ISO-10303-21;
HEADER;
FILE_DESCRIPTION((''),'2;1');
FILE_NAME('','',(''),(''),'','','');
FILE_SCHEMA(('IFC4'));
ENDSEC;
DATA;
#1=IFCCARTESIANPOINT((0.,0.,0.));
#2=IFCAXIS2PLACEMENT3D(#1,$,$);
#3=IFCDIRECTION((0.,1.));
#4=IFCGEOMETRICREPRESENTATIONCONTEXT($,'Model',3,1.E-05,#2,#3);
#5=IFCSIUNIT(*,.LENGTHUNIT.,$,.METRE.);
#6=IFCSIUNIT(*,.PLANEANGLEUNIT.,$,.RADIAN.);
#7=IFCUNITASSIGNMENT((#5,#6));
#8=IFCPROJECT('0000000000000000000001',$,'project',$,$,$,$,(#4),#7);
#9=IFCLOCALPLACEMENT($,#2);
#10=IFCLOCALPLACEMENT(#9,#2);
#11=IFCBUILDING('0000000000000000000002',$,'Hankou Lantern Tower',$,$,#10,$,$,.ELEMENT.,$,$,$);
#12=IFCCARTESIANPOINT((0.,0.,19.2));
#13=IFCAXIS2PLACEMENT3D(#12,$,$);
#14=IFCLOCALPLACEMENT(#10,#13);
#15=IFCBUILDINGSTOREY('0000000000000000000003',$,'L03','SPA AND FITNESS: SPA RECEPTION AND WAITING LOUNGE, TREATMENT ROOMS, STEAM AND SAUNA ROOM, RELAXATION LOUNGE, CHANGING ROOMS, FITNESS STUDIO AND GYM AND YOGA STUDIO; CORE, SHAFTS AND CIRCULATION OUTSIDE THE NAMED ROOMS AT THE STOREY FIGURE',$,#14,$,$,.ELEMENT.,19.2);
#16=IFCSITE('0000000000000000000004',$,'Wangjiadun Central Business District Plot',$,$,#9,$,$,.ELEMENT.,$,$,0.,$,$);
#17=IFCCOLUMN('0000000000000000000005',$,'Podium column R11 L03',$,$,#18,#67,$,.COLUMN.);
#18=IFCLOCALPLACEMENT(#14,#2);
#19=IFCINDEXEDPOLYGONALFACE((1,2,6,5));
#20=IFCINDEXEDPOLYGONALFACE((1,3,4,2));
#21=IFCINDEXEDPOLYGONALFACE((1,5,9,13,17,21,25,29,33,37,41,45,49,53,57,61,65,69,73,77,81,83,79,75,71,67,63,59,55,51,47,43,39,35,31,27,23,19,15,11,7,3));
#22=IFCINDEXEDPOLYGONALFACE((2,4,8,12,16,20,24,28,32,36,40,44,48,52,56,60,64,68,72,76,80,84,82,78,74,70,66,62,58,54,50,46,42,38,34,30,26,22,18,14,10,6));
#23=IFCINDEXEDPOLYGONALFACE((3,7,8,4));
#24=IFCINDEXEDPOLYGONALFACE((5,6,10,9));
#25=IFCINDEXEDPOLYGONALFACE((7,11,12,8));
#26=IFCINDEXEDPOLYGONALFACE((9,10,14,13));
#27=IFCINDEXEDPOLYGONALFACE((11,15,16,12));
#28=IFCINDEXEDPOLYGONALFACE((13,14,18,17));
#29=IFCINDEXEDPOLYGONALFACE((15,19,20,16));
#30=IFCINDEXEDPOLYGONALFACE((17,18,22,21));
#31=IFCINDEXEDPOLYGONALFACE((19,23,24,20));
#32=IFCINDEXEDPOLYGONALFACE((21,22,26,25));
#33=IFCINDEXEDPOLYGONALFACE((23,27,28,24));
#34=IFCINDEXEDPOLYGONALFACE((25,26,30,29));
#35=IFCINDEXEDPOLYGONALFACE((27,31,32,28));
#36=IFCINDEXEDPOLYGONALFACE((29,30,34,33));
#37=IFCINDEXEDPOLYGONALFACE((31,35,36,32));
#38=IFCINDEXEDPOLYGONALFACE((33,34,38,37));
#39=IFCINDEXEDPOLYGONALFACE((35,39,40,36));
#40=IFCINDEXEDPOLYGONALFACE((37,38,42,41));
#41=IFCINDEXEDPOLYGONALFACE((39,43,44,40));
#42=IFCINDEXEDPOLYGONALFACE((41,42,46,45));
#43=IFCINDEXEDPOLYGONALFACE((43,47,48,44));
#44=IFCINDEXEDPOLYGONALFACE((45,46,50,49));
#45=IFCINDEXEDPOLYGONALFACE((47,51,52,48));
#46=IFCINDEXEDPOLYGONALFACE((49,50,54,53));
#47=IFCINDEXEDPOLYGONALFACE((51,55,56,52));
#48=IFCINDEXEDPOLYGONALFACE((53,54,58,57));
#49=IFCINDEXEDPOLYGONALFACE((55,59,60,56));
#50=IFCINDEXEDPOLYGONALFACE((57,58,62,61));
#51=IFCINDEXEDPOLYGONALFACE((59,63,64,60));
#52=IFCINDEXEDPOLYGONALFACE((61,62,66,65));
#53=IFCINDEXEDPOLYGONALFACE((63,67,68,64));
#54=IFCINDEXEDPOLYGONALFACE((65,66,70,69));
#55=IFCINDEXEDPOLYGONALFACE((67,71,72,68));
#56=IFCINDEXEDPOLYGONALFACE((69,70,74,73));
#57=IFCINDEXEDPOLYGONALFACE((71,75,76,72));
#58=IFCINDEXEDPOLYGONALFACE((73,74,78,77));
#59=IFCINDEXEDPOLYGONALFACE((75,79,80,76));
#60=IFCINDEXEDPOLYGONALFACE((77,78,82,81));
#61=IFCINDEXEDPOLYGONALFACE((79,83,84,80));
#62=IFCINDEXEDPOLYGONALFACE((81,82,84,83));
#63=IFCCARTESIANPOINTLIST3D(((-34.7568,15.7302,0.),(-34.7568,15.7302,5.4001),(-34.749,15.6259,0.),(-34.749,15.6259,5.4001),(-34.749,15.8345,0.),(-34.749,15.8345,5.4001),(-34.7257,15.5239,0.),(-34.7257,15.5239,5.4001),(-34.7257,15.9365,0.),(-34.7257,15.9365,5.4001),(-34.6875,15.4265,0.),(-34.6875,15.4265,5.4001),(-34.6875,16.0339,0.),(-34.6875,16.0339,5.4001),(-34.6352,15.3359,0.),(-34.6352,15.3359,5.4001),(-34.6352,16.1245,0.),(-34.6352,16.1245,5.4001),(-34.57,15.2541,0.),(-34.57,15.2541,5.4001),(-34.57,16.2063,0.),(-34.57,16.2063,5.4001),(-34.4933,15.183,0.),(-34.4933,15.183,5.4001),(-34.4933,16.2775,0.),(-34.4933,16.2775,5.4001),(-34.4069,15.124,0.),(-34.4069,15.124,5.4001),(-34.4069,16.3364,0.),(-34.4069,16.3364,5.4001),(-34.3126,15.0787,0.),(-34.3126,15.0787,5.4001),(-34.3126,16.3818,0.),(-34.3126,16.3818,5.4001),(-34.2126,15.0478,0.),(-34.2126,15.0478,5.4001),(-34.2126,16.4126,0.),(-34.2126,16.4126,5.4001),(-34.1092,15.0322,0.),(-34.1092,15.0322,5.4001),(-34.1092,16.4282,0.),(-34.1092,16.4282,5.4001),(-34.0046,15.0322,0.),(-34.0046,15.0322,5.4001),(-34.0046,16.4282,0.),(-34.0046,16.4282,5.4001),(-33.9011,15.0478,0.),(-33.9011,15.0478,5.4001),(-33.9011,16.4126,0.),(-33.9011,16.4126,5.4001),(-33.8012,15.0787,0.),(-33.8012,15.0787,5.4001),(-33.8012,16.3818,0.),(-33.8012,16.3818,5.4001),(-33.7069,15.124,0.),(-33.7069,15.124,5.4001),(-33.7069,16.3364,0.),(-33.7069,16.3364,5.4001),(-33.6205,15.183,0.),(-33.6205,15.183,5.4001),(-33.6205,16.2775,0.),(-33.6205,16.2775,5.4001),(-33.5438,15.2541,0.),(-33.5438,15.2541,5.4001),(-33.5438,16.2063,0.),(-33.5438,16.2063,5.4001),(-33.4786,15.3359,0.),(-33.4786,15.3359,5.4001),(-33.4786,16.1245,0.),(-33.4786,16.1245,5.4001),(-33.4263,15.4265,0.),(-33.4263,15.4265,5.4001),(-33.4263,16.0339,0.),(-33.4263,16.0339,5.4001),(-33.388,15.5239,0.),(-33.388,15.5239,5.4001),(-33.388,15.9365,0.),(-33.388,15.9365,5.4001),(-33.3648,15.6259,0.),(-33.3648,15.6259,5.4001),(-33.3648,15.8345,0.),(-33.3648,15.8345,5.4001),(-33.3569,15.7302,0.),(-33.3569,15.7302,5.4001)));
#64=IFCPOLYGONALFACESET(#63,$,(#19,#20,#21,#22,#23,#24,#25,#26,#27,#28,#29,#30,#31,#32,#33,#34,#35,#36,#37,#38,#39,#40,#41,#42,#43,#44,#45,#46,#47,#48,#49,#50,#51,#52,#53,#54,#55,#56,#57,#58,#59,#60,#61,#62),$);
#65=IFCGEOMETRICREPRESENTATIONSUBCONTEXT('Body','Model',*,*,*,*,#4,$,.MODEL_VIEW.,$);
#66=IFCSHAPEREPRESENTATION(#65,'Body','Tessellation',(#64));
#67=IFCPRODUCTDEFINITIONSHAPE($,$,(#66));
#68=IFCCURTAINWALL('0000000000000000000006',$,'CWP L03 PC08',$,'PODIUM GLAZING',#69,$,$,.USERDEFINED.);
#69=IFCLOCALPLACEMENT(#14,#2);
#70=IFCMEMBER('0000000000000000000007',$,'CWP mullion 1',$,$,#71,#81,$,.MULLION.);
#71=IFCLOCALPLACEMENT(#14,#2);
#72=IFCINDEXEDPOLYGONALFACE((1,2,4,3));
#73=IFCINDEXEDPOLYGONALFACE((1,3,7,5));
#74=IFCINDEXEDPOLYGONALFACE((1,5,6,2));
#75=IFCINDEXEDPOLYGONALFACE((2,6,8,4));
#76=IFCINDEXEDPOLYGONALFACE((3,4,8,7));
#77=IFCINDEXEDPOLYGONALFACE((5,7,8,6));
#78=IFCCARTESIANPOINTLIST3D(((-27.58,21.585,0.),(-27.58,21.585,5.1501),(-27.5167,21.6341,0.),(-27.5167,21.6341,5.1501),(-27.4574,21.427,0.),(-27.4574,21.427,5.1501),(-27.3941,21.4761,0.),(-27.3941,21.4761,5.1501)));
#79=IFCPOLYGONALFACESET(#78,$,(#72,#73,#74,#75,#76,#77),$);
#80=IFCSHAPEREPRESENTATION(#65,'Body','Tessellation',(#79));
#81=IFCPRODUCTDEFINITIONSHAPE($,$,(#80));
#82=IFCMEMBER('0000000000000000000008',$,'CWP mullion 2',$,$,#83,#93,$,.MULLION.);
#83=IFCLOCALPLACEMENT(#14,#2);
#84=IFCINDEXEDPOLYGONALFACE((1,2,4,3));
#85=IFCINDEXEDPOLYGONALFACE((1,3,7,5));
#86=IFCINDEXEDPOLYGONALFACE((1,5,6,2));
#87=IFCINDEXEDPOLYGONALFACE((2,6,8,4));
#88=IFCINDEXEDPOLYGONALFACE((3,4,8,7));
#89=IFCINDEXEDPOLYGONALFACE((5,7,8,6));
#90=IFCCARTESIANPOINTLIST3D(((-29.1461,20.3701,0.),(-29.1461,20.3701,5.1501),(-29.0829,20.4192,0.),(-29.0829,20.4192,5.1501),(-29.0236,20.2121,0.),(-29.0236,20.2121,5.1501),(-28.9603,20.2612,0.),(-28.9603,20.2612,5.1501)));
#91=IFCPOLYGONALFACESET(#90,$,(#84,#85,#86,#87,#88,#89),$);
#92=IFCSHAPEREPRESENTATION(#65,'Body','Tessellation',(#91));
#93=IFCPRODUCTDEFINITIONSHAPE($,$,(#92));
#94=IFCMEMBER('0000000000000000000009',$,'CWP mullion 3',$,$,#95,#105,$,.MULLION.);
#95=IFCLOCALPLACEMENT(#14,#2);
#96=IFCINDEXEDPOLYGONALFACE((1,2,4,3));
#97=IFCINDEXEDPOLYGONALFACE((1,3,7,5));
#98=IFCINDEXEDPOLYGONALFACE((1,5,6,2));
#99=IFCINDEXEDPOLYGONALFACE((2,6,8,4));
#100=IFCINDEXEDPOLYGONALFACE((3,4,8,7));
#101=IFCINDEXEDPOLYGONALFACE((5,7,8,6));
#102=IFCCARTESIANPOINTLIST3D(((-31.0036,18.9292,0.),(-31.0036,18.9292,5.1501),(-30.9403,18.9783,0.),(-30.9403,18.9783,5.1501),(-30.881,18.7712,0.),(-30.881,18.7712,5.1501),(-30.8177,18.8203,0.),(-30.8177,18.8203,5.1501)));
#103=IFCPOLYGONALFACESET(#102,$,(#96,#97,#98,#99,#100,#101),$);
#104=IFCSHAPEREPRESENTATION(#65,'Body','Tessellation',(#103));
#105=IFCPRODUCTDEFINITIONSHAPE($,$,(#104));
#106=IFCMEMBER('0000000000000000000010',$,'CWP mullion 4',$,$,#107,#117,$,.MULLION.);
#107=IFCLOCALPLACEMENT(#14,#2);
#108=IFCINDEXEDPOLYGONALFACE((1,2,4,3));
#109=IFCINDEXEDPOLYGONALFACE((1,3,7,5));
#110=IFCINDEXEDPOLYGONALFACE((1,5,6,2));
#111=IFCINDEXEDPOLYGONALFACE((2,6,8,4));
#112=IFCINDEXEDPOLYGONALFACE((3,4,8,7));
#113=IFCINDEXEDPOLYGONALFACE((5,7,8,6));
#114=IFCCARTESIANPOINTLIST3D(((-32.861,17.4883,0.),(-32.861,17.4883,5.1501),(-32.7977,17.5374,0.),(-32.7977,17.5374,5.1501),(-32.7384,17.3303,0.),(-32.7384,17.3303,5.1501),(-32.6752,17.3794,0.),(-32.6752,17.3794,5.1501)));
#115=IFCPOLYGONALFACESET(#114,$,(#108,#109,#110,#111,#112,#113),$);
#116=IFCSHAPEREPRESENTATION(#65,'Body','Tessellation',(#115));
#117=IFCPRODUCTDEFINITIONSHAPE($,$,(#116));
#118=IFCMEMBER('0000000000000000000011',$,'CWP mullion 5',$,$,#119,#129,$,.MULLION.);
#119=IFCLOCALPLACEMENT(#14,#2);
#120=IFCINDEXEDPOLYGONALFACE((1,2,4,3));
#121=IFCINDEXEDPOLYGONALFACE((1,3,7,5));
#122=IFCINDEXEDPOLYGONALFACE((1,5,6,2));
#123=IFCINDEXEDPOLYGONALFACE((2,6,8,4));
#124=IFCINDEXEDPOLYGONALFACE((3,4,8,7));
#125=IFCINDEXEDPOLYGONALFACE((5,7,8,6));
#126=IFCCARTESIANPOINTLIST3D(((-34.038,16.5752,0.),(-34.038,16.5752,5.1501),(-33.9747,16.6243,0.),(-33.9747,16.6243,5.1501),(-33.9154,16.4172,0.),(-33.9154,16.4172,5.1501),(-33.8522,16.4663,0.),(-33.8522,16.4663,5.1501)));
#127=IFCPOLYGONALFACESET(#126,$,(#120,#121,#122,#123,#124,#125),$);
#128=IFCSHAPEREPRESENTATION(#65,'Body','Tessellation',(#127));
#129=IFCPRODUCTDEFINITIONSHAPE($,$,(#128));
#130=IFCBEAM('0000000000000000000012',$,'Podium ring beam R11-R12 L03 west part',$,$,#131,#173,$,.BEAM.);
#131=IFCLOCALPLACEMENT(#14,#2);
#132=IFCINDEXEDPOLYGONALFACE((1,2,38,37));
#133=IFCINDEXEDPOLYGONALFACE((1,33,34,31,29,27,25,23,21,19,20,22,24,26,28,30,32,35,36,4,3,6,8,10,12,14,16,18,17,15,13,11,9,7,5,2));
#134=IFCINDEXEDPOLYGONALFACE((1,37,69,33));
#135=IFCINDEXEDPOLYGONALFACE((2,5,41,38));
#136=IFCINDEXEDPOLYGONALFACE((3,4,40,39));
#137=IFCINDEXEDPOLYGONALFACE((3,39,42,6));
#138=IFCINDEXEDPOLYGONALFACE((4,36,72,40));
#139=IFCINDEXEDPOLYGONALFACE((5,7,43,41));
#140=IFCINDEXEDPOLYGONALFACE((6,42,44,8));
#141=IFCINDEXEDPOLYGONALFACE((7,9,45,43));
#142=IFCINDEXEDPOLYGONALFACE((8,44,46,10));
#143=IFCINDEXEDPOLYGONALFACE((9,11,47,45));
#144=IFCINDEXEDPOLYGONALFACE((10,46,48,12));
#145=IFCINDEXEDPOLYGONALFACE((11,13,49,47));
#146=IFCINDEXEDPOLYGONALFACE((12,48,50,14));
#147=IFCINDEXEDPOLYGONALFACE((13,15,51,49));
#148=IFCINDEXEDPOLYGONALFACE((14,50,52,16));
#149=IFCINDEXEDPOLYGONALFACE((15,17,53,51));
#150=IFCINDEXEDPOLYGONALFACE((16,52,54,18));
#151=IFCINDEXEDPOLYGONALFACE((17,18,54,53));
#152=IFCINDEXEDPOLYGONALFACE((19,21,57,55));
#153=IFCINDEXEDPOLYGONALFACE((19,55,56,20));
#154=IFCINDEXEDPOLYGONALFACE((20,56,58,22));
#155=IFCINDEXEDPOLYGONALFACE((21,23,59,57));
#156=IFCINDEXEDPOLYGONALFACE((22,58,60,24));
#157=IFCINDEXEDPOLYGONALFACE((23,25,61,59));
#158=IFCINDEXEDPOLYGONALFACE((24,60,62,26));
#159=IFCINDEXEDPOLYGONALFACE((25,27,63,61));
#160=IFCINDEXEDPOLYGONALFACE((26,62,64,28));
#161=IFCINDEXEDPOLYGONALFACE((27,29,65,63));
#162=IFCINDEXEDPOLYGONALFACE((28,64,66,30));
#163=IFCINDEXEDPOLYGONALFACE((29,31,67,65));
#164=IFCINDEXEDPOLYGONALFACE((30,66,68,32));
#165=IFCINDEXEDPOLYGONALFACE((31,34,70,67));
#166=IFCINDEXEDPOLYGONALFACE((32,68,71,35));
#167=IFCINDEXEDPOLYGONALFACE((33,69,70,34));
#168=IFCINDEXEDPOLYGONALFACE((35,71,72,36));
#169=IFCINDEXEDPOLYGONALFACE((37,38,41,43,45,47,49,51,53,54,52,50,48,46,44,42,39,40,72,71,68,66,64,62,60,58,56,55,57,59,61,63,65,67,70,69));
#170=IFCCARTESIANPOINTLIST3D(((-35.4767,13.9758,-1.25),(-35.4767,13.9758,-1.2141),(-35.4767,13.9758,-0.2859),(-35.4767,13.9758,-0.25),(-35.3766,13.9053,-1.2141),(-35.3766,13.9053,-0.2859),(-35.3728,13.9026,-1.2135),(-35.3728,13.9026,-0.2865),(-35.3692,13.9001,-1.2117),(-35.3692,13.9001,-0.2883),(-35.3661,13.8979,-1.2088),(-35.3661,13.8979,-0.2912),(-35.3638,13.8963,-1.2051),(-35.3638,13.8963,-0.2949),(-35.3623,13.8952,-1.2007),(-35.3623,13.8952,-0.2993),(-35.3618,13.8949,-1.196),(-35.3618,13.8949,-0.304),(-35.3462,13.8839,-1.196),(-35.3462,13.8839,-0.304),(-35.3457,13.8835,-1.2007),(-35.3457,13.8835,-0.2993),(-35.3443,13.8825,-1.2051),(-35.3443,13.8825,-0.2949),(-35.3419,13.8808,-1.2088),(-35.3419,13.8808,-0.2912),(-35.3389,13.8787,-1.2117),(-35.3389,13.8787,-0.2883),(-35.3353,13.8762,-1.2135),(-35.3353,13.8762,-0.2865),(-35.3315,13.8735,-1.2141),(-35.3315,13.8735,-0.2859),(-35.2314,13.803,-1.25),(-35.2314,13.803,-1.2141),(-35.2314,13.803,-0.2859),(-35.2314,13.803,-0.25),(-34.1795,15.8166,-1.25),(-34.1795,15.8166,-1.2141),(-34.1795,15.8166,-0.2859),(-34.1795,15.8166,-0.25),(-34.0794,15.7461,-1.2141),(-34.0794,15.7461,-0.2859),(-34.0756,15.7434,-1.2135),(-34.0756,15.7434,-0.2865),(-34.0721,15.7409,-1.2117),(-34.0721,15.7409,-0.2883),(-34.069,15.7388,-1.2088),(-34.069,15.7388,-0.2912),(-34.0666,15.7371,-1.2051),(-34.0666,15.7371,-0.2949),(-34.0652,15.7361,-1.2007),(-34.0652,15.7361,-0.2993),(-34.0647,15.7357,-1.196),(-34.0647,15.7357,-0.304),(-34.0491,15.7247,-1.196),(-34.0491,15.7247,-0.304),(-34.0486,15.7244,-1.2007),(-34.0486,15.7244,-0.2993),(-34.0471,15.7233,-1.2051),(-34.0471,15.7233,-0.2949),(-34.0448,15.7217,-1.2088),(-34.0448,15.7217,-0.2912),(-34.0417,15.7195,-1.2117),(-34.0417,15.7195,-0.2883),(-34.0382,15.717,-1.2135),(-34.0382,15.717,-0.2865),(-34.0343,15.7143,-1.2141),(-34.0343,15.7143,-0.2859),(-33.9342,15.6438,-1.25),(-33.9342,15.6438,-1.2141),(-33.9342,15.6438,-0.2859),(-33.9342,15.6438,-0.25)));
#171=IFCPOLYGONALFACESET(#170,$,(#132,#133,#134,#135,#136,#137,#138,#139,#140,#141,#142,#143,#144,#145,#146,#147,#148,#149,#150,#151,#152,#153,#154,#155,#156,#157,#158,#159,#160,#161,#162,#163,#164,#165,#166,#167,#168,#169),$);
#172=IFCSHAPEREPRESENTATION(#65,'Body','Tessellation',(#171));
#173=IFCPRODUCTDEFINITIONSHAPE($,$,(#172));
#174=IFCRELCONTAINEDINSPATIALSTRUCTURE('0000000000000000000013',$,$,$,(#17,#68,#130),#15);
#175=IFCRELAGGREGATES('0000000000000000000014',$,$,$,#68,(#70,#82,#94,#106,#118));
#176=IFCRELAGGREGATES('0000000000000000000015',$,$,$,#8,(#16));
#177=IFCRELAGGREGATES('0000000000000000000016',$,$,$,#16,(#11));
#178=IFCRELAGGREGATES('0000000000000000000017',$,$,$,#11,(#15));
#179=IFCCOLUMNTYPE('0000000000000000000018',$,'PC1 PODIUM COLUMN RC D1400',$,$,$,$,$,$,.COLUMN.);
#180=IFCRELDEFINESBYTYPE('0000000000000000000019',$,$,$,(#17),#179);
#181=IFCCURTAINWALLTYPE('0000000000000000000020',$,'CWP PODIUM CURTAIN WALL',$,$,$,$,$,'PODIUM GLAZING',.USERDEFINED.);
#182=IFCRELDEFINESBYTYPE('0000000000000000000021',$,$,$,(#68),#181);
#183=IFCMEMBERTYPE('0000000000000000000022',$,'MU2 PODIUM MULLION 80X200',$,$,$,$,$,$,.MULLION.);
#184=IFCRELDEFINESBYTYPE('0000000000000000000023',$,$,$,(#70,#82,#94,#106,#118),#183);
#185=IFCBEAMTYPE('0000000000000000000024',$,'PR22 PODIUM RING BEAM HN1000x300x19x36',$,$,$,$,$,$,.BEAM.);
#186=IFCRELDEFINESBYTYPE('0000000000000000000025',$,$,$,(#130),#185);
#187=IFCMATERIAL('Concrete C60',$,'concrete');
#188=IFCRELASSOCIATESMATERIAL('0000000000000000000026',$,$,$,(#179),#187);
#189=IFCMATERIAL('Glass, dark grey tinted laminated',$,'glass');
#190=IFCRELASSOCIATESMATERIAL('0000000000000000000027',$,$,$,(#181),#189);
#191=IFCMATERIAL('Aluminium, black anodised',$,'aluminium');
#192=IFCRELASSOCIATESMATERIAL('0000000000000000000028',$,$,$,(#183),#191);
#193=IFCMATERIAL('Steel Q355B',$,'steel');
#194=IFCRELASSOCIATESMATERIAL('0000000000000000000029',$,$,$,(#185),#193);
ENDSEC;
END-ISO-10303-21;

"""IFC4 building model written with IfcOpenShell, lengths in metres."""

from ifc_helpers import new_model, si_unit, direction, frame, origin, origin_2d, place, context, subcontext, project, spatial, rectangle, circle, i_section, extrude, material, material_profile, profile_set, type_object, element, aggregate, save


model = new_model("IFC4")

# Units and contexts
model_context = context("Model", 3, precision=1e-05, world=origin(), true_north=direction((0.0, 1.0)))
body_context = subcontext(model_context, "Body", "Model", "MODEL_VIEW")
ifc_project = project(units=[si_unit("LENGTHUNIT", "METRE"), si_unit("PLANEANGLEUNIT", "RADIAN")], contexts=[model_context])

# Site, building, storey
site_placement = place(None, origin())
site = spatial("IfcSite", under=ifc_project, at=site_placement, Name="Wangjiadun Central Business District Plot", CompositionType="ELEMENT", RefElevation=0.0)
building_placement = place(site_placement, origin())
building = spatial("IfcBuilding", under=site, at=building_placement, Name="Hankou Lantern Tower", CompositionType="ELEMENT")
storey_placement = place(building_placement, frame((0.0, 0.0, 19.2)))
storey = spatial("IfcBuildingStorey", under=building, at=storey_placement, Name="L03", Description="SPA AND FITNESS: SPA RECEPTION AND WAITING LOUNGE, TREATMENT ROOMS, STEAM AND SAUNA ROOM, RELAXATION LOUNGE, CHANGING ROOMS, FITNESS STUDIO AND GYM AND YOGA STUDIO; CORE, SHAFTS AND CIRCULATION OUTSIDE THE NAMED ROOMS AT THE STOREY FIGURE", CompositionType="ELEMENT", Elevation=19.2)

# Column
ifc_material_1 = material(Name="Concrete C60", Category="concrete")
ifc_material_profile_1 = material_profile(ifc_material_1, circle(Radius=0.7, at=origin_2d()), Name="RC D1400")
ifc_profile_set_1 = profile_set([ifc_material_profile_1], Name="Concrete C60")
column_type = type_object("IfcColumnType", Name="PC1 PODIUM COLUMN RC D1400", PredefinedType="COLUMN", material=ifc_profile_set_1)
column_placement = place(storey_placement, frame((-34.0569, 15.7302, 0.0), z_axis=(0.0, 0.0, 1.0), x_axis=(1.0, 0.0, 0.0)))
element("IfcColumn", 1, at=column_placement, inside=storey, type_object=column_type, Name="Podium column R11 L03", PredefinedType="COLUMN", context=body_context, shape_type="SweptSolid", body=[
    extrude(circle(Radius=0.7, at=origin_2d()), origin(), (0.0, 0.0, 1.0), 5.4001),
])

# Curtain wall, members
ifc_material_2 = material(Name="Glass, dark grey tinted laminated", Category="glass")
curtain_wall_type = type_object("IfcCurtainWallType", Name="CWP PODIUM CURTAIN WALL", ElementType="PODIUM GLAZING", PredefinedType="USERDEFINED", material=ifc_material_2)
curtain_wall_placement = place(storey_placement, origin())
curtain_wall = element("IfcCurtainWall", 2, at=curtain_wall_placement, inside=storey, type_object=curtain_wall_type, Name="CWP L03 PC08", ObjectType="PODIUM GLAZING", PredefinedType="USERDEFINED")
ifc_material_3 = material(Name="Aluminium, black anodised", Category="aluminium")
ifc_material_profile_2 = material_profile(ifc_material_3, rectangle(XDim=0.0801, YDim=0.2, at=origin_2d()), Name="MU2 80X200")
ifc_profile_set_2 = profile_set([ifc_material_profile_2], Name="Aluminium, black anodised")
member_type_1 = type_object("IfcMemberType", Name="MU2 PODIUM MULLION 80X200", PredefinedType="MULLION", material=ifc_profile_set_2)
member_1_placement = place(storey_placement, frame((-27.4871, 21.5305, 0.0), z_axis=(0.0, 0.0, 1.0), x_axis=(-0.79013, -0.61294, 0.0)))
member_1 = element("IfcMember", 3, at=member_1_placement, type_object=member_type_1, Name="CWP mullion 1", PredefinedType="MULLION", context=body_context, shape_type="SweptSolid", body=[
    extrude(rectangle(XDim=0.0801, YDim=0.2, at=origin_2d()), origin(), (0.0, 0.0, 1.0), 5.1501),
])
member_2_placement = place(storey_placement, frame((-29.0532, 20.3157, 0.0), z_axis=(0.0, 0.0, 1.0), x_axis=(-0.79013, -0.61294, 0.0)))
member_2 = element("IfcMember", 4, at=member_2_placement, type_object=member_type_1, Name="CWP mullion 2", PredefinedType="MULLION", context=body_context, shape_type="SweptSolid", body=[
    extrude(rectangle(XDim=0.0801, YDim=0.2, at=origin_2d()), origin(), (0.0, 0.0, 1.0), 5.1501),
])
member_3_placement = place(storey_placement, frame((-30.9106, 18.8748, 0.0), z_axis=(0.0, 0.0, 1.0), x_axis=(-0.79013, -0.61294, 0.0)))
member_3 = element("IfcMember", 5, at=member_3_placement, type_object=member_type_1, Name="CWP mullion 3", PredefinedType="MULLION", context=body_context, shape_type="SweptSolid", body=[
    extrude(rectangle(XDim=0.0801, YDim=0.2, at=origin_2d()), origin(), (0.0, 0.0, 1.0), 5.1501),
])
member_4_placement = place(storey_placement, frame((-32.7681, 17.4338, 0.0), z_axis=(0.0, 0.0, 1.0), x_axis=(-0.79013, -0.61294, 0.0)))
member_4 = element("IfcMember", 6, at=member_4_placement, type_object=member_type_1, Name="CWP mullion 4", PredefinedType="MULLION", context=body_context, shape_type="SweptSolid", body=[
    extrude(rectangle(XDim=0.0801, YDim=0.2, at=origin_2d()), origin(), (0.0, 0.0, 1.0), 5.1501),
])
member_5_placement = place(storey_placement, frame((-33.9451, 16.5208, 0.0), z_axis=(0.0, 0.0, 1.0), x_axis=(-0.79013, -0.61294, 0.0)))
member_5 = element("IfcMember", 7, at=member_5_placement, type_object=member_type_1, Name="CWP mullion 5", PredefinedType="MULLION", context=body_context, shape_type="SweptSolid", body=[
    extrude(rectangle(XDim=0.0801, YDim=0.2, at=origin_2d()), origin(), (0.0, 0.0, 1.0), 5.1501),
])

# Beam
ifc_material_4 = material(Name="Steel Q355B", Category="steel")
ifc_material_profile_3 = material_profile(ifc_material_4, i_section(OverallWidth=0.3, OverallDepth=1.0, WebThickness=0.019, FlangeThickness=0.0359, FilletRadius=0.0181, at=origin_2d()), Name="HN1000x300x19x36")
ifc_profile_set_3 = profile_set([ifc_material_profile_3], Name="Steel Q355B")
beam_type_1 = type_object("IfcBeamType", Name="PR22 PODIUM RING BEAM HN1000x300x19x36", PredefinedType="BEAM", material=ifc_profile_set_3)
beam_1_placement = place(storey_placement, frame((-34.0569, 15.7302, -0.75), z_axis=(-0.576006, -0.817445, 0.0), x_axis=(0.817445, -0.576006, 0.0)))
element("IfcBeam", 8, at=beam_1_placement, inside=storey, type_object=beam_type_1, Name="Podium ring beam R11-R12 L03 west part", PredefinedType="BEAM", context=body_context, shape_type="SweptSolid", body=[
    extrude(i_section(OverallWidth=0.3, OverallDepth=1.0, WebThickness=0.019, FlangeThickness=0.0359, FilletRadius=0.0181, at=origin_2d()), origin(), (0.0, 0.0, 1.0), 2.252),
])

aggregate(curtain_wall, [member_1, member_2, member_3, member_4, member_5])

save(model, "model.ifc")
